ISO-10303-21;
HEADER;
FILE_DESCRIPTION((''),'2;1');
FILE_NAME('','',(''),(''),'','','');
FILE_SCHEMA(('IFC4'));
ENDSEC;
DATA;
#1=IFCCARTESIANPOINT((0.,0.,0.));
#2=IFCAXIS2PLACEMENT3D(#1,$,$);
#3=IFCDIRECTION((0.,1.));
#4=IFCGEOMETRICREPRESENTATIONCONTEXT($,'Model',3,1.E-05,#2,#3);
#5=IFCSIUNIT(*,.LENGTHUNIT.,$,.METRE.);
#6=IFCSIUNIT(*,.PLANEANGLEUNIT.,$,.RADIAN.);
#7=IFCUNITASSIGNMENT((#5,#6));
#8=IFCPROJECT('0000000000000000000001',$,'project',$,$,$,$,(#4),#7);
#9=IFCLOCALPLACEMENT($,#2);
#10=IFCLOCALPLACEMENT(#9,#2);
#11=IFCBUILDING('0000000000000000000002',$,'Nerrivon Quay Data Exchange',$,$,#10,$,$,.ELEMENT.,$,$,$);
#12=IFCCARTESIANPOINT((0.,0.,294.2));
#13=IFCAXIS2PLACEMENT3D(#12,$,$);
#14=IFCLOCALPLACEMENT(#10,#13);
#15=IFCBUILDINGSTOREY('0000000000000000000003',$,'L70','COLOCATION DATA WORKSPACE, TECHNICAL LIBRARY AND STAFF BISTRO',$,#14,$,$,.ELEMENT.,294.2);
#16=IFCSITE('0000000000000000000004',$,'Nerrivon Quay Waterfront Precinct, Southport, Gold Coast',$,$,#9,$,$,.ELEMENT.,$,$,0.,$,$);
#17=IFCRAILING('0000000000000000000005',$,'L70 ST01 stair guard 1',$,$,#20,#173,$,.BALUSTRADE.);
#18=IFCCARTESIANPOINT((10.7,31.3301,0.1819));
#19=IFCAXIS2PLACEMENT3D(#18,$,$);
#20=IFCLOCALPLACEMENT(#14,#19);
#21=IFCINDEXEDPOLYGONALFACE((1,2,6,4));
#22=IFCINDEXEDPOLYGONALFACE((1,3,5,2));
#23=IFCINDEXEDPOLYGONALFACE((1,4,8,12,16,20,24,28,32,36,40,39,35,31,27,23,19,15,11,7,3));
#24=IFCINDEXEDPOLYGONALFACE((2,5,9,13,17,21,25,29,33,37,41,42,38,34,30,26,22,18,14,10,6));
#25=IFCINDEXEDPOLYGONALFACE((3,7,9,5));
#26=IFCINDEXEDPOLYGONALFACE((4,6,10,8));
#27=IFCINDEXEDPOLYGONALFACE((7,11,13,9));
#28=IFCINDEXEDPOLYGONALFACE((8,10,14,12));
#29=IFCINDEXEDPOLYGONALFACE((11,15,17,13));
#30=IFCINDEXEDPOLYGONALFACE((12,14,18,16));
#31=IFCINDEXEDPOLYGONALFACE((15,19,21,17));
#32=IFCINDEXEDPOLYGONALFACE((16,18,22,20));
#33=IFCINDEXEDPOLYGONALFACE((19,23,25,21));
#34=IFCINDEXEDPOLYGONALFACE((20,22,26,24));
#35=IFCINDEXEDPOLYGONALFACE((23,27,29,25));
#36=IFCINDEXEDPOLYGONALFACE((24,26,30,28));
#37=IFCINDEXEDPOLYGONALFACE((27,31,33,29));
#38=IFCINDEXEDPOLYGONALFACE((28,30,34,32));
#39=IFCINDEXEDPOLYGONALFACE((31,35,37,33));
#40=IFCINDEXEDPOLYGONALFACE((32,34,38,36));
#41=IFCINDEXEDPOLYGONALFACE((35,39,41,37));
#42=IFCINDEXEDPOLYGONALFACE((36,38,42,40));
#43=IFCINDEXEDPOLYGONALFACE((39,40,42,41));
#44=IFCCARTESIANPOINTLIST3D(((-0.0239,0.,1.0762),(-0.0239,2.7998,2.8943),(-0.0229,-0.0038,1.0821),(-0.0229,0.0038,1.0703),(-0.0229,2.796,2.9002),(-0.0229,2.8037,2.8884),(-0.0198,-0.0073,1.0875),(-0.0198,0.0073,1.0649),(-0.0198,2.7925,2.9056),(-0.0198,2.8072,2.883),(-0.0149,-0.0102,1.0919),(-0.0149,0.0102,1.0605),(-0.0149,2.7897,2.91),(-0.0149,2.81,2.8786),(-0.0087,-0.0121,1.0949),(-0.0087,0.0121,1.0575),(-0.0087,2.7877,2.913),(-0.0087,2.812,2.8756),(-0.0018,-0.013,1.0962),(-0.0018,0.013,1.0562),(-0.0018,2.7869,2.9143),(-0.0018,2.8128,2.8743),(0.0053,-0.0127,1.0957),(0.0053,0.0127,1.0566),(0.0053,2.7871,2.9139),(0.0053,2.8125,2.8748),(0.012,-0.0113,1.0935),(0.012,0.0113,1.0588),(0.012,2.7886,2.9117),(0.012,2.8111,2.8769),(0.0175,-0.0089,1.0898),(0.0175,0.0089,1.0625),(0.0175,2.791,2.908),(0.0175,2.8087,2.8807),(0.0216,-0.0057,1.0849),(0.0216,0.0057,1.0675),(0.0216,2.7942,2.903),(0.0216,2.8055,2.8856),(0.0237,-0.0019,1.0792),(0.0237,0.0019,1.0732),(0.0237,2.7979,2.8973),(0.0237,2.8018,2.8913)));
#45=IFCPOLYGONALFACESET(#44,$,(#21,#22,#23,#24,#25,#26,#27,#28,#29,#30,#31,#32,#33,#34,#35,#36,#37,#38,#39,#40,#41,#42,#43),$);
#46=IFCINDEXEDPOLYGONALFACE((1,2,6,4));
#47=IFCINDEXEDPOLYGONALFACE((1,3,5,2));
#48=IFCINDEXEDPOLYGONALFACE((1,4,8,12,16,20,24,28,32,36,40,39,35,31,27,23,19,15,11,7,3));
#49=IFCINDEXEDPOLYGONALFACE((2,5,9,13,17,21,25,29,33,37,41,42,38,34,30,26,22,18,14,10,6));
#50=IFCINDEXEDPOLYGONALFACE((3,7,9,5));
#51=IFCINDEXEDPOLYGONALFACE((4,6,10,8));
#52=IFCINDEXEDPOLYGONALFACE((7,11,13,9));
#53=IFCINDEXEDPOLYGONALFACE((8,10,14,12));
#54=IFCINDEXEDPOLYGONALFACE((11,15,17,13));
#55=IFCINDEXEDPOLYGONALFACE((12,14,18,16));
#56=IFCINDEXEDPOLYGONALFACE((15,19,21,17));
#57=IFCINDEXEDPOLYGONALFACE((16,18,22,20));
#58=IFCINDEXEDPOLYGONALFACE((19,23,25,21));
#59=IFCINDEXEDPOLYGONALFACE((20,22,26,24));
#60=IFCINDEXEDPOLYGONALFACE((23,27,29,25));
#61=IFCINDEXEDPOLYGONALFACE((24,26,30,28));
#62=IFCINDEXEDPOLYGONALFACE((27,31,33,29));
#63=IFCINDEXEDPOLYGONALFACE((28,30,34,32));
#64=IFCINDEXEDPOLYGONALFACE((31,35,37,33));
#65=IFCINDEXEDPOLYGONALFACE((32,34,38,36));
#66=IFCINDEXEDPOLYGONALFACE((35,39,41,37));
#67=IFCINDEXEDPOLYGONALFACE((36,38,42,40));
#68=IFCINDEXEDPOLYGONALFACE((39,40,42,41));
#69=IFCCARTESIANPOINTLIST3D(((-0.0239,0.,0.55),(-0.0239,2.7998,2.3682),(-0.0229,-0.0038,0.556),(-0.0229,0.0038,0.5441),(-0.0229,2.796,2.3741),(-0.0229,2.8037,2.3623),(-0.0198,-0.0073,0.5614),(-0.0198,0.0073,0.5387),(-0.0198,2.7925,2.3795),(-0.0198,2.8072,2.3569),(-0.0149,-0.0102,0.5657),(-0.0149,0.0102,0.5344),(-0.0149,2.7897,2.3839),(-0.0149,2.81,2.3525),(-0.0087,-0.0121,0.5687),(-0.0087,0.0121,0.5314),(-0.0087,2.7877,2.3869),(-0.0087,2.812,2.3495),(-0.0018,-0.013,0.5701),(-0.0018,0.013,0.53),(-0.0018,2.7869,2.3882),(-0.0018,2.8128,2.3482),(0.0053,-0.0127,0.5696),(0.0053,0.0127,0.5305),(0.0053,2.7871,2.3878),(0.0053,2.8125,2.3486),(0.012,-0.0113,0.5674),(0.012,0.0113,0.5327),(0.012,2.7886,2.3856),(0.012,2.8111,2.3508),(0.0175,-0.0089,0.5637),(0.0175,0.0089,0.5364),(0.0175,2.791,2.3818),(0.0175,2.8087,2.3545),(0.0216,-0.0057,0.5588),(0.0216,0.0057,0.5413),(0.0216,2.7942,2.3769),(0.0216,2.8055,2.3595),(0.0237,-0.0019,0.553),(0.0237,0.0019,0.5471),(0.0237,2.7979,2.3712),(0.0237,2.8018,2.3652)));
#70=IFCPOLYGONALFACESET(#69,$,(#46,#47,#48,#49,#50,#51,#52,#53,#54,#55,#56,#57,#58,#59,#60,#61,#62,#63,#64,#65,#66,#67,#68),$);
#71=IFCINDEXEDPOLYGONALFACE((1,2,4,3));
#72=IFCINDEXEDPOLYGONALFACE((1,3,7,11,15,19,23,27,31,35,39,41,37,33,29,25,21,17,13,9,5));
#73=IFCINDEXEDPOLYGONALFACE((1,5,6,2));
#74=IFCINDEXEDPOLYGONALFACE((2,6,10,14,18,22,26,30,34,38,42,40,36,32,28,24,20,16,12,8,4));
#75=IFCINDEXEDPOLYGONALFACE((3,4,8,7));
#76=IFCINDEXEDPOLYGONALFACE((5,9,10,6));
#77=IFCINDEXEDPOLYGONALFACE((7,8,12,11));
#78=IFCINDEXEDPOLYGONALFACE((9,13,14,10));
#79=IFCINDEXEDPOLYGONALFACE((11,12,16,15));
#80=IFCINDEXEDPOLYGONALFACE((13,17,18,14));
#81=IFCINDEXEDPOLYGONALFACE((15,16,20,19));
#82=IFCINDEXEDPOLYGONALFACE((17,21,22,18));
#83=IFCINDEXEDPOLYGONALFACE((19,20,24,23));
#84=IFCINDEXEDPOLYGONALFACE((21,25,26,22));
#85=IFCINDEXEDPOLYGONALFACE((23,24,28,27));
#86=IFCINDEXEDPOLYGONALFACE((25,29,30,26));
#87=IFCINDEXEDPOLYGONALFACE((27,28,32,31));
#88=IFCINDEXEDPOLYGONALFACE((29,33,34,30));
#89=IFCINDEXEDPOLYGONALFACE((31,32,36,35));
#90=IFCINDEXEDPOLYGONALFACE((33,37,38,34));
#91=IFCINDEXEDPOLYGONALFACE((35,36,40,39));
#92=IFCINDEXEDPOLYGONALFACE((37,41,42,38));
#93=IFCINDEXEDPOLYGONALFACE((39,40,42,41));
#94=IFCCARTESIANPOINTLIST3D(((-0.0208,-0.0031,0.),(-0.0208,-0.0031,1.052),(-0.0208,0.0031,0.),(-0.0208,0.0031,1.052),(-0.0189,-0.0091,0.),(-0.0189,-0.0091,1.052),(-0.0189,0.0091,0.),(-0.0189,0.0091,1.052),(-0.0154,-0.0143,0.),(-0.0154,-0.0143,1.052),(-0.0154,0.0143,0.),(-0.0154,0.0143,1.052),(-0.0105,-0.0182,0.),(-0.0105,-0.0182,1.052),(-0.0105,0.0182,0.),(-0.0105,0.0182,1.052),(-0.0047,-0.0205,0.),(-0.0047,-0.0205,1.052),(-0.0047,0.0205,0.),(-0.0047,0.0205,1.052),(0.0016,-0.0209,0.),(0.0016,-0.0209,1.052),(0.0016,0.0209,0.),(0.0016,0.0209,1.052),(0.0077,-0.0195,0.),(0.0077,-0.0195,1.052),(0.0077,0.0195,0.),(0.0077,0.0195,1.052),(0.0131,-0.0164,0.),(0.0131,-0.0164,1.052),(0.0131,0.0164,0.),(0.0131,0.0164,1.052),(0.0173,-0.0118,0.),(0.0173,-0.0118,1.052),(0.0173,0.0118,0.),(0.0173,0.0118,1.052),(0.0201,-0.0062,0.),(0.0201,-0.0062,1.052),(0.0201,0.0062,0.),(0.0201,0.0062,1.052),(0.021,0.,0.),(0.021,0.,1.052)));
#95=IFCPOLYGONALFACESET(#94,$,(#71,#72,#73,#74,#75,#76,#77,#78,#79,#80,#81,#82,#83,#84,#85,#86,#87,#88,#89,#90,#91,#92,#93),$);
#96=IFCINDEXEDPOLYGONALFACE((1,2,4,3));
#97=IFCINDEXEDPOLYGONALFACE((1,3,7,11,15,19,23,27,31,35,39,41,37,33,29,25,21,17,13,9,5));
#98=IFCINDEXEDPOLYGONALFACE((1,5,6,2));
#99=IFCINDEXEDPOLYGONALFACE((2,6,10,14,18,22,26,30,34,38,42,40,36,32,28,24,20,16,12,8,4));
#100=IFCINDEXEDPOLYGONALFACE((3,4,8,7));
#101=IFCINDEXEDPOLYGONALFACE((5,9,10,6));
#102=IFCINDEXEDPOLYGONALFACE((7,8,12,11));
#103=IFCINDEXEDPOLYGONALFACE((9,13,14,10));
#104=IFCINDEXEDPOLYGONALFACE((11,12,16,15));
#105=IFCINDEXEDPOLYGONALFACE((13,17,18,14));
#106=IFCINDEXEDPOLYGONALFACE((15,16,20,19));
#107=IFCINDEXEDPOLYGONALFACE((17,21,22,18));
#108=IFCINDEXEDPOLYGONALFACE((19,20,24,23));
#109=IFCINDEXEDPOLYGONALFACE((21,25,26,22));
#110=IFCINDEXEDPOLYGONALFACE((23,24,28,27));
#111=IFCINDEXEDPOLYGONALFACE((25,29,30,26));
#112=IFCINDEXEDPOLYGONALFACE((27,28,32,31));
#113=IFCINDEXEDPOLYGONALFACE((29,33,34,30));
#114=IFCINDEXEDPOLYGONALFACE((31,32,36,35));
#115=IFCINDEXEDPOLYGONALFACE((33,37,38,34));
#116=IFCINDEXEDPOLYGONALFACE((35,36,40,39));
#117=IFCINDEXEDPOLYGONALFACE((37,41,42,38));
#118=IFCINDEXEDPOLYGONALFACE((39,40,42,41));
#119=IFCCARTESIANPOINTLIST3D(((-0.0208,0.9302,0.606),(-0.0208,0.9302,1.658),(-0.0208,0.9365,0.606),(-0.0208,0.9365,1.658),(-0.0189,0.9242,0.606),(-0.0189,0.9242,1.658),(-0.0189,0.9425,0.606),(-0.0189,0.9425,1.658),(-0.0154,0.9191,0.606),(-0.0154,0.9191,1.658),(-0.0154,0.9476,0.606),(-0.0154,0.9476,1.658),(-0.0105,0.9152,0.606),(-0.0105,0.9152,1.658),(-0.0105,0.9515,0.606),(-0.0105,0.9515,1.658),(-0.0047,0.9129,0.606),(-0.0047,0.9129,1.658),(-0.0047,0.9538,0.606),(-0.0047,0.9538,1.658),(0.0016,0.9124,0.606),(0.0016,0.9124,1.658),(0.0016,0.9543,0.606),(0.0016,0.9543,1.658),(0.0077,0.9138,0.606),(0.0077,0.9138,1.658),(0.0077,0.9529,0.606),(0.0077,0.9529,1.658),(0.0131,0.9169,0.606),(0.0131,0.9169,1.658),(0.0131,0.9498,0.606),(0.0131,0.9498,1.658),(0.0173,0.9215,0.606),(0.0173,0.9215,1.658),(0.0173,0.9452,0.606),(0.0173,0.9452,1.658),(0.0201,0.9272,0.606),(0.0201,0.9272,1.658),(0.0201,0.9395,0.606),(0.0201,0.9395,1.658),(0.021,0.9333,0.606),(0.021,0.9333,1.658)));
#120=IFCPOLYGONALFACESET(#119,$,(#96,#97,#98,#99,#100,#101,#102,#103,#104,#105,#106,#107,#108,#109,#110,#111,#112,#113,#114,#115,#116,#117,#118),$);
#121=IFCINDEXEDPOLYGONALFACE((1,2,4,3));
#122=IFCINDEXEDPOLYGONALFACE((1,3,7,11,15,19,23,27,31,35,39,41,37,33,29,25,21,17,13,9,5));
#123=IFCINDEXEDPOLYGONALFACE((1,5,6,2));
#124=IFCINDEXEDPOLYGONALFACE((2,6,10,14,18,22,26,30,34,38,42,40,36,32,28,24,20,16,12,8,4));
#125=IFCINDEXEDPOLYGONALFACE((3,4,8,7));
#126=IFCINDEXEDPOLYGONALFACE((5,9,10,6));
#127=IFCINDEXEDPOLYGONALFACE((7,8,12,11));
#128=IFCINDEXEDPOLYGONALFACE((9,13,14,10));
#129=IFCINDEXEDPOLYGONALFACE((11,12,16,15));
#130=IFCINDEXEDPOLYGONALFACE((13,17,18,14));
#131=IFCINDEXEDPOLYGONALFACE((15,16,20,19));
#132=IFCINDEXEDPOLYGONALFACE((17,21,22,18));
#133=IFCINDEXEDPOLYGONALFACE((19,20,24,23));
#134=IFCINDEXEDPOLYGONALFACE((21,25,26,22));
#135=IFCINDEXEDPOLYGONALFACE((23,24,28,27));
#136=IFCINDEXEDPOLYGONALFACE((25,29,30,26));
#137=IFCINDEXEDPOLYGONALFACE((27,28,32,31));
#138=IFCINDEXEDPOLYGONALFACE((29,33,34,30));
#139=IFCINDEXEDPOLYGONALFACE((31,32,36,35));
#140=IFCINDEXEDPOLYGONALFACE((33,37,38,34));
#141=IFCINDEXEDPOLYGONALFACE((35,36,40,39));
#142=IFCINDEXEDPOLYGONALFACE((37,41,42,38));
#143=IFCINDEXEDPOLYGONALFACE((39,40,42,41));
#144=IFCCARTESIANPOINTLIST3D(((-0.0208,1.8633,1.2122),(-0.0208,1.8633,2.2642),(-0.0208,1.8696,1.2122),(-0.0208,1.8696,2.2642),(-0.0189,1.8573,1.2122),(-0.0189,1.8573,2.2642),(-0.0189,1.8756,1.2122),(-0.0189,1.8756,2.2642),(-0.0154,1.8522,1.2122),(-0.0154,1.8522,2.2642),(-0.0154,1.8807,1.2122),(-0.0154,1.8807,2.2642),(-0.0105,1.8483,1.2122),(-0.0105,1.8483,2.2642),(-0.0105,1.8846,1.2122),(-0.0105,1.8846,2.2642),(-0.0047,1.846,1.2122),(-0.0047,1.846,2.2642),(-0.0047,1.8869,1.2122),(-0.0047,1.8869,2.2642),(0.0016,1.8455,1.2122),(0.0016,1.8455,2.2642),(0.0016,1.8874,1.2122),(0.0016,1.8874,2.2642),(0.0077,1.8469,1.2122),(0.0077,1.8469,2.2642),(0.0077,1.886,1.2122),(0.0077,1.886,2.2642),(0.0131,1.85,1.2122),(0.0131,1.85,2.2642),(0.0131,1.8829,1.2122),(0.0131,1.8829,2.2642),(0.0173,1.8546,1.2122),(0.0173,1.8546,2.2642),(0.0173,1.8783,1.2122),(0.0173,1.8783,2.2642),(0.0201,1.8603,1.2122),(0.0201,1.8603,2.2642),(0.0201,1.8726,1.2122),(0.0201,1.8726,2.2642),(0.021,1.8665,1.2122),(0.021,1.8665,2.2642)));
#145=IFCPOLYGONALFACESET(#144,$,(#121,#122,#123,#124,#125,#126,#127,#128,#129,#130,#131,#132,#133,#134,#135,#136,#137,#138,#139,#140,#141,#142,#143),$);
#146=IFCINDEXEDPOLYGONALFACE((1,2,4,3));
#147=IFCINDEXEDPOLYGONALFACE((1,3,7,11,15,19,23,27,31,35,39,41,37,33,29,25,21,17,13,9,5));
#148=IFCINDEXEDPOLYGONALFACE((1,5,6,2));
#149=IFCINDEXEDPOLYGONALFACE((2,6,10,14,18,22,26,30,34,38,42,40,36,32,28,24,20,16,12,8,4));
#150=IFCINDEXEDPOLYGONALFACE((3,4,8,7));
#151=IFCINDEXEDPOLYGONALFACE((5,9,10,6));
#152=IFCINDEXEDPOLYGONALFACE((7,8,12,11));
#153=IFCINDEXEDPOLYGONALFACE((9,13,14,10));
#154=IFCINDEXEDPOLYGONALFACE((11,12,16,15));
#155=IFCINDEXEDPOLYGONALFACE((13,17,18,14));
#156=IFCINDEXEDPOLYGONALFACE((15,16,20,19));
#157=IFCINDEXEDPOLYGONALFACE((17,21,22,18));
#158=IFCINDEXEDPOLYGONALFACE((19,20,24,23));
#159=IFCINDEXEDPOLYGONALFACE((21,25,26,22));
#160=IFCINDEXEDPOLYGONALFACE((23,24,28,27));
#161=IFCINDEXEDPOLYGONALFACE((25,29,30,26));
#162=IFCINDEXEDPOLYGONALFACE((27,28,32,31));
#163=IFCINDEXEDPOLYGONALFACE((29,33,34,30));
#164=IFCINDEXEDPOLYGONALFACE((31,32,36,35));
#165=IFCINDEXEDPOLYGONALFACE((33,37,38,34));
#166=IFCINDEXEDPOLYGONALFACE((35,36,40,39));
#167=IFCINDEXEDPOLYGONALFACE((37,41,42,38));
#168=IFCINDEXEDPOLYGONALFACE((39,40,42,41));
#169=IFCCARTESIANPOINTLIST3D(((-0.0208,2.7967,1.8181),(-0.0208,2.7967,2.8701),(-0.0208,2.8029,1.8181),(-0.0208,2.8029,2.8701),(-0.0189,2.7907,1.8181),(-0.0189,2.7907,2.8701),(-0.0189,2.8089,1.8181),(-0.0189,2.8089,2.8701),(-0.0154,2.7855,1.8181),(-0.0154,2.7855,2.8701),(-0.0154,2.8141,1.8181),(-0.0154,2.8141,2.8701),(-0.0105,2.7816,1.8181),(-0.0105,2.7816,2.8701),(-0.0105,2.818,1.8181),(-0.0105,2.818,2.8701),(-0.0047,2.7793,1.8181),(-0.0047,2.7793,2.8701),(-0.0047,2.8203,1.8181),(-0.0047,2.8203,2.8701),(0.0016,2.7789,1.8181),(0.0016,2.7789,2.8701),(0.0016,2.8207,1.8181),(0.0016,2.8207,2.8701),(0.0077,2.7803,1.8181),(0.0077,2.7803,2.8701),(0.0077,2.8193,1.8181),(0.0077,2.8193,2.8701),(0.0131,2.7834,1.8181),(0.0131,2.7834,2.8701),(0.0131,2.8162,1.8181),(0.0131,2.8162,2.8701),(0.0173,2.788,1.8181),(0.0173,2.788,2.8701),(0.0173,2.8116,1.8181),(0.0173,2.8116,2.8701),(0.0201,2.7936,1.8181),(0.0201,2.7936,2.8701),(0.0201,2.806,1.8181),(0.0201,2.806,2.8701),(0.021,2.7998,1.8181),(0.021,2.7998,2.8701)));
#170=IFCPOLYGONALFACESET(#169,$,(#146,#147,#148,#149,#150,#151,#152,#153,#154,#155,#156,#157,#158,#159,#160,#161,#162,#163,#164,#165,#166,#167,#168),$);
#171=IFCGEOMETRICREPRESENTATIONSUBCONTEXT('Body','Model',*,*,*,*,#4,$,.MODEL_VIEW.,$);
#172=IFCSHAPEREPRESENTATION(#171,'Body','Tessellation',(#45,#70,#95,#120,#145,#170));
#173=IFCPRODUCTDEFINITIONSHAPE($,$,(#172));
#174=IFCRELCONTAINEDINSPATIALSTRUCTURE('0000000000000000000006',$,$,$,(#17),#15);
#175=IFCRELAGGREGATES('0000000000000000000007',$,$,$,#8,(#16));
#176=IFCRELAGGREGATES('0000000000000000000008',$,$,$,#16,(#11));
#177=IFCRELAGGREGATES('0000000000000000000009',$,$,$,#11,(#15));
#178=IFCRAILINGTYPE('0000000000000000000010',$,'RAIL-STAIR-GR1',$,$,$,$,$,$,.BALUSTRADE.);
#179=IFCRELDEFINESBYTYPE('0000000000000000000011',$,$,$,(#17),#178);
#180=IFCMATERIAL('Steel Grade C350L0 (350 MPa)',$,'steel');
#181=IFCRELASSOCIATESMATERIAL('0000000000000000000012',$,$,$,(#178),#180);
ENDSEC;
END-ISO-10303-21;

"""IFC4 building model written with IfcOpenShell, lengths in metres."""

from ifc_helpers import new_model, si_unit, direction, frame, origin, origin_2d, place, context, subcontext, project, spatial, circle, extrude, material, type_object, element, save


model = new_model("IFC4")

# Units and contexts
model_context = context("Model", 3, precision=1e-05, world=origin(), true_north=direction((0.0, 1.0)))
body_context = subcontext(model_context, "Body", "Model", "MODEL_VIEW")
ifc_project = project(units=[si_unit("LENGTHUNIT", "METRE"), si_unit("PLANEANGLEUNIT", "RADIAN")], contexts=[model_context])

# Site, building, storey
site_placement = place(None, origin())
site = spatial("IfcSite", under=ifc_project, at=site_placement, Name="Nerrivon Quay Waterfront Precinct, Southport, Gold Coast", CompositionType="ELEMENT", RefElevation=0.0)
building_placement = place(site_placement, origin())
building = spatial("IfcBuilding", under=site, at=building_placement, Name="Nerrivon Quay Data Exchange", CompositionType="ELEMENT")
storey_placement = place(building_placement, frame((0.0, 0.0, 294.2)))
storey = spatial("IfcBuildingStorey", under=building, at=storey_placement, Name="L70", Description="COLOCATION DATA WORKSPACE, TECHNICAL LIBRARY AND STAFF BISTRO", CompositionType="ELEMENT", Elevation=294.2)

# Railing
ifc_material_1 = material(Name="Steel Grade C350L0 (350 MPa)", Category="steel")
railing_type_1 = type_object("IfcRailingType", Name="RAIL-STAIR-GR1", PredefinedType="BALUSTRADE", material=ifc_material_1)
railing_1_placement = place(storey_placement, frame((10.7, 31.3301, 0.1819)))
element("IfcRailing", 1, at=railing_1_placement, inside=storey, type_object=railing_type_1, Name="L70 ST01 stair guard 1", PredefinedType="BALUSTRADE", context=body_context, shape_type="SweptSolid", body=[
    extrude(circle(Radius=0.0239, at=origin_2d()), frame((0.0, 0.0, 1.0762), z_axis=(0.0, 0.838684, 0.544618), x_axis=(-1.0, 0.0, 0.0)), (0.0, 0.0, 1.0), 3.3384),
    extrude(circle(Radius=0.0239, at=origin_2d()), frame((0.0, 0.0, 0.55), z_axis=(0.0, 0.838684, 0.544618), x_axis=(-1.0, 0.0, 0.0)), (0.0, 0.0, 1.0), 3.3384),
    extrude(circle(Radius=0.021, at=origin_2d()), origin(), (0.0, 0.0, 1.0), 1.052),
    extrude(circle(Radius=0.021, at=origin_2d()), frame((0.0, 0.9333, 0.606)), (0.0, 0.0, 1.0), 1.052),
    extrude(circle(Radius=0.021, at=origin_2d()), frame((0.0, 1.8665, 1.2122)), (0.0, 0.0, 1.0), 1.052),
    extrude(circle(Radius=0.021, at=origin_2d()), frame((0.0, 2.7998, 1.8181)), (0.0, 0.0, 1.0), 1.052),
])

save(model, "model.ifc")
